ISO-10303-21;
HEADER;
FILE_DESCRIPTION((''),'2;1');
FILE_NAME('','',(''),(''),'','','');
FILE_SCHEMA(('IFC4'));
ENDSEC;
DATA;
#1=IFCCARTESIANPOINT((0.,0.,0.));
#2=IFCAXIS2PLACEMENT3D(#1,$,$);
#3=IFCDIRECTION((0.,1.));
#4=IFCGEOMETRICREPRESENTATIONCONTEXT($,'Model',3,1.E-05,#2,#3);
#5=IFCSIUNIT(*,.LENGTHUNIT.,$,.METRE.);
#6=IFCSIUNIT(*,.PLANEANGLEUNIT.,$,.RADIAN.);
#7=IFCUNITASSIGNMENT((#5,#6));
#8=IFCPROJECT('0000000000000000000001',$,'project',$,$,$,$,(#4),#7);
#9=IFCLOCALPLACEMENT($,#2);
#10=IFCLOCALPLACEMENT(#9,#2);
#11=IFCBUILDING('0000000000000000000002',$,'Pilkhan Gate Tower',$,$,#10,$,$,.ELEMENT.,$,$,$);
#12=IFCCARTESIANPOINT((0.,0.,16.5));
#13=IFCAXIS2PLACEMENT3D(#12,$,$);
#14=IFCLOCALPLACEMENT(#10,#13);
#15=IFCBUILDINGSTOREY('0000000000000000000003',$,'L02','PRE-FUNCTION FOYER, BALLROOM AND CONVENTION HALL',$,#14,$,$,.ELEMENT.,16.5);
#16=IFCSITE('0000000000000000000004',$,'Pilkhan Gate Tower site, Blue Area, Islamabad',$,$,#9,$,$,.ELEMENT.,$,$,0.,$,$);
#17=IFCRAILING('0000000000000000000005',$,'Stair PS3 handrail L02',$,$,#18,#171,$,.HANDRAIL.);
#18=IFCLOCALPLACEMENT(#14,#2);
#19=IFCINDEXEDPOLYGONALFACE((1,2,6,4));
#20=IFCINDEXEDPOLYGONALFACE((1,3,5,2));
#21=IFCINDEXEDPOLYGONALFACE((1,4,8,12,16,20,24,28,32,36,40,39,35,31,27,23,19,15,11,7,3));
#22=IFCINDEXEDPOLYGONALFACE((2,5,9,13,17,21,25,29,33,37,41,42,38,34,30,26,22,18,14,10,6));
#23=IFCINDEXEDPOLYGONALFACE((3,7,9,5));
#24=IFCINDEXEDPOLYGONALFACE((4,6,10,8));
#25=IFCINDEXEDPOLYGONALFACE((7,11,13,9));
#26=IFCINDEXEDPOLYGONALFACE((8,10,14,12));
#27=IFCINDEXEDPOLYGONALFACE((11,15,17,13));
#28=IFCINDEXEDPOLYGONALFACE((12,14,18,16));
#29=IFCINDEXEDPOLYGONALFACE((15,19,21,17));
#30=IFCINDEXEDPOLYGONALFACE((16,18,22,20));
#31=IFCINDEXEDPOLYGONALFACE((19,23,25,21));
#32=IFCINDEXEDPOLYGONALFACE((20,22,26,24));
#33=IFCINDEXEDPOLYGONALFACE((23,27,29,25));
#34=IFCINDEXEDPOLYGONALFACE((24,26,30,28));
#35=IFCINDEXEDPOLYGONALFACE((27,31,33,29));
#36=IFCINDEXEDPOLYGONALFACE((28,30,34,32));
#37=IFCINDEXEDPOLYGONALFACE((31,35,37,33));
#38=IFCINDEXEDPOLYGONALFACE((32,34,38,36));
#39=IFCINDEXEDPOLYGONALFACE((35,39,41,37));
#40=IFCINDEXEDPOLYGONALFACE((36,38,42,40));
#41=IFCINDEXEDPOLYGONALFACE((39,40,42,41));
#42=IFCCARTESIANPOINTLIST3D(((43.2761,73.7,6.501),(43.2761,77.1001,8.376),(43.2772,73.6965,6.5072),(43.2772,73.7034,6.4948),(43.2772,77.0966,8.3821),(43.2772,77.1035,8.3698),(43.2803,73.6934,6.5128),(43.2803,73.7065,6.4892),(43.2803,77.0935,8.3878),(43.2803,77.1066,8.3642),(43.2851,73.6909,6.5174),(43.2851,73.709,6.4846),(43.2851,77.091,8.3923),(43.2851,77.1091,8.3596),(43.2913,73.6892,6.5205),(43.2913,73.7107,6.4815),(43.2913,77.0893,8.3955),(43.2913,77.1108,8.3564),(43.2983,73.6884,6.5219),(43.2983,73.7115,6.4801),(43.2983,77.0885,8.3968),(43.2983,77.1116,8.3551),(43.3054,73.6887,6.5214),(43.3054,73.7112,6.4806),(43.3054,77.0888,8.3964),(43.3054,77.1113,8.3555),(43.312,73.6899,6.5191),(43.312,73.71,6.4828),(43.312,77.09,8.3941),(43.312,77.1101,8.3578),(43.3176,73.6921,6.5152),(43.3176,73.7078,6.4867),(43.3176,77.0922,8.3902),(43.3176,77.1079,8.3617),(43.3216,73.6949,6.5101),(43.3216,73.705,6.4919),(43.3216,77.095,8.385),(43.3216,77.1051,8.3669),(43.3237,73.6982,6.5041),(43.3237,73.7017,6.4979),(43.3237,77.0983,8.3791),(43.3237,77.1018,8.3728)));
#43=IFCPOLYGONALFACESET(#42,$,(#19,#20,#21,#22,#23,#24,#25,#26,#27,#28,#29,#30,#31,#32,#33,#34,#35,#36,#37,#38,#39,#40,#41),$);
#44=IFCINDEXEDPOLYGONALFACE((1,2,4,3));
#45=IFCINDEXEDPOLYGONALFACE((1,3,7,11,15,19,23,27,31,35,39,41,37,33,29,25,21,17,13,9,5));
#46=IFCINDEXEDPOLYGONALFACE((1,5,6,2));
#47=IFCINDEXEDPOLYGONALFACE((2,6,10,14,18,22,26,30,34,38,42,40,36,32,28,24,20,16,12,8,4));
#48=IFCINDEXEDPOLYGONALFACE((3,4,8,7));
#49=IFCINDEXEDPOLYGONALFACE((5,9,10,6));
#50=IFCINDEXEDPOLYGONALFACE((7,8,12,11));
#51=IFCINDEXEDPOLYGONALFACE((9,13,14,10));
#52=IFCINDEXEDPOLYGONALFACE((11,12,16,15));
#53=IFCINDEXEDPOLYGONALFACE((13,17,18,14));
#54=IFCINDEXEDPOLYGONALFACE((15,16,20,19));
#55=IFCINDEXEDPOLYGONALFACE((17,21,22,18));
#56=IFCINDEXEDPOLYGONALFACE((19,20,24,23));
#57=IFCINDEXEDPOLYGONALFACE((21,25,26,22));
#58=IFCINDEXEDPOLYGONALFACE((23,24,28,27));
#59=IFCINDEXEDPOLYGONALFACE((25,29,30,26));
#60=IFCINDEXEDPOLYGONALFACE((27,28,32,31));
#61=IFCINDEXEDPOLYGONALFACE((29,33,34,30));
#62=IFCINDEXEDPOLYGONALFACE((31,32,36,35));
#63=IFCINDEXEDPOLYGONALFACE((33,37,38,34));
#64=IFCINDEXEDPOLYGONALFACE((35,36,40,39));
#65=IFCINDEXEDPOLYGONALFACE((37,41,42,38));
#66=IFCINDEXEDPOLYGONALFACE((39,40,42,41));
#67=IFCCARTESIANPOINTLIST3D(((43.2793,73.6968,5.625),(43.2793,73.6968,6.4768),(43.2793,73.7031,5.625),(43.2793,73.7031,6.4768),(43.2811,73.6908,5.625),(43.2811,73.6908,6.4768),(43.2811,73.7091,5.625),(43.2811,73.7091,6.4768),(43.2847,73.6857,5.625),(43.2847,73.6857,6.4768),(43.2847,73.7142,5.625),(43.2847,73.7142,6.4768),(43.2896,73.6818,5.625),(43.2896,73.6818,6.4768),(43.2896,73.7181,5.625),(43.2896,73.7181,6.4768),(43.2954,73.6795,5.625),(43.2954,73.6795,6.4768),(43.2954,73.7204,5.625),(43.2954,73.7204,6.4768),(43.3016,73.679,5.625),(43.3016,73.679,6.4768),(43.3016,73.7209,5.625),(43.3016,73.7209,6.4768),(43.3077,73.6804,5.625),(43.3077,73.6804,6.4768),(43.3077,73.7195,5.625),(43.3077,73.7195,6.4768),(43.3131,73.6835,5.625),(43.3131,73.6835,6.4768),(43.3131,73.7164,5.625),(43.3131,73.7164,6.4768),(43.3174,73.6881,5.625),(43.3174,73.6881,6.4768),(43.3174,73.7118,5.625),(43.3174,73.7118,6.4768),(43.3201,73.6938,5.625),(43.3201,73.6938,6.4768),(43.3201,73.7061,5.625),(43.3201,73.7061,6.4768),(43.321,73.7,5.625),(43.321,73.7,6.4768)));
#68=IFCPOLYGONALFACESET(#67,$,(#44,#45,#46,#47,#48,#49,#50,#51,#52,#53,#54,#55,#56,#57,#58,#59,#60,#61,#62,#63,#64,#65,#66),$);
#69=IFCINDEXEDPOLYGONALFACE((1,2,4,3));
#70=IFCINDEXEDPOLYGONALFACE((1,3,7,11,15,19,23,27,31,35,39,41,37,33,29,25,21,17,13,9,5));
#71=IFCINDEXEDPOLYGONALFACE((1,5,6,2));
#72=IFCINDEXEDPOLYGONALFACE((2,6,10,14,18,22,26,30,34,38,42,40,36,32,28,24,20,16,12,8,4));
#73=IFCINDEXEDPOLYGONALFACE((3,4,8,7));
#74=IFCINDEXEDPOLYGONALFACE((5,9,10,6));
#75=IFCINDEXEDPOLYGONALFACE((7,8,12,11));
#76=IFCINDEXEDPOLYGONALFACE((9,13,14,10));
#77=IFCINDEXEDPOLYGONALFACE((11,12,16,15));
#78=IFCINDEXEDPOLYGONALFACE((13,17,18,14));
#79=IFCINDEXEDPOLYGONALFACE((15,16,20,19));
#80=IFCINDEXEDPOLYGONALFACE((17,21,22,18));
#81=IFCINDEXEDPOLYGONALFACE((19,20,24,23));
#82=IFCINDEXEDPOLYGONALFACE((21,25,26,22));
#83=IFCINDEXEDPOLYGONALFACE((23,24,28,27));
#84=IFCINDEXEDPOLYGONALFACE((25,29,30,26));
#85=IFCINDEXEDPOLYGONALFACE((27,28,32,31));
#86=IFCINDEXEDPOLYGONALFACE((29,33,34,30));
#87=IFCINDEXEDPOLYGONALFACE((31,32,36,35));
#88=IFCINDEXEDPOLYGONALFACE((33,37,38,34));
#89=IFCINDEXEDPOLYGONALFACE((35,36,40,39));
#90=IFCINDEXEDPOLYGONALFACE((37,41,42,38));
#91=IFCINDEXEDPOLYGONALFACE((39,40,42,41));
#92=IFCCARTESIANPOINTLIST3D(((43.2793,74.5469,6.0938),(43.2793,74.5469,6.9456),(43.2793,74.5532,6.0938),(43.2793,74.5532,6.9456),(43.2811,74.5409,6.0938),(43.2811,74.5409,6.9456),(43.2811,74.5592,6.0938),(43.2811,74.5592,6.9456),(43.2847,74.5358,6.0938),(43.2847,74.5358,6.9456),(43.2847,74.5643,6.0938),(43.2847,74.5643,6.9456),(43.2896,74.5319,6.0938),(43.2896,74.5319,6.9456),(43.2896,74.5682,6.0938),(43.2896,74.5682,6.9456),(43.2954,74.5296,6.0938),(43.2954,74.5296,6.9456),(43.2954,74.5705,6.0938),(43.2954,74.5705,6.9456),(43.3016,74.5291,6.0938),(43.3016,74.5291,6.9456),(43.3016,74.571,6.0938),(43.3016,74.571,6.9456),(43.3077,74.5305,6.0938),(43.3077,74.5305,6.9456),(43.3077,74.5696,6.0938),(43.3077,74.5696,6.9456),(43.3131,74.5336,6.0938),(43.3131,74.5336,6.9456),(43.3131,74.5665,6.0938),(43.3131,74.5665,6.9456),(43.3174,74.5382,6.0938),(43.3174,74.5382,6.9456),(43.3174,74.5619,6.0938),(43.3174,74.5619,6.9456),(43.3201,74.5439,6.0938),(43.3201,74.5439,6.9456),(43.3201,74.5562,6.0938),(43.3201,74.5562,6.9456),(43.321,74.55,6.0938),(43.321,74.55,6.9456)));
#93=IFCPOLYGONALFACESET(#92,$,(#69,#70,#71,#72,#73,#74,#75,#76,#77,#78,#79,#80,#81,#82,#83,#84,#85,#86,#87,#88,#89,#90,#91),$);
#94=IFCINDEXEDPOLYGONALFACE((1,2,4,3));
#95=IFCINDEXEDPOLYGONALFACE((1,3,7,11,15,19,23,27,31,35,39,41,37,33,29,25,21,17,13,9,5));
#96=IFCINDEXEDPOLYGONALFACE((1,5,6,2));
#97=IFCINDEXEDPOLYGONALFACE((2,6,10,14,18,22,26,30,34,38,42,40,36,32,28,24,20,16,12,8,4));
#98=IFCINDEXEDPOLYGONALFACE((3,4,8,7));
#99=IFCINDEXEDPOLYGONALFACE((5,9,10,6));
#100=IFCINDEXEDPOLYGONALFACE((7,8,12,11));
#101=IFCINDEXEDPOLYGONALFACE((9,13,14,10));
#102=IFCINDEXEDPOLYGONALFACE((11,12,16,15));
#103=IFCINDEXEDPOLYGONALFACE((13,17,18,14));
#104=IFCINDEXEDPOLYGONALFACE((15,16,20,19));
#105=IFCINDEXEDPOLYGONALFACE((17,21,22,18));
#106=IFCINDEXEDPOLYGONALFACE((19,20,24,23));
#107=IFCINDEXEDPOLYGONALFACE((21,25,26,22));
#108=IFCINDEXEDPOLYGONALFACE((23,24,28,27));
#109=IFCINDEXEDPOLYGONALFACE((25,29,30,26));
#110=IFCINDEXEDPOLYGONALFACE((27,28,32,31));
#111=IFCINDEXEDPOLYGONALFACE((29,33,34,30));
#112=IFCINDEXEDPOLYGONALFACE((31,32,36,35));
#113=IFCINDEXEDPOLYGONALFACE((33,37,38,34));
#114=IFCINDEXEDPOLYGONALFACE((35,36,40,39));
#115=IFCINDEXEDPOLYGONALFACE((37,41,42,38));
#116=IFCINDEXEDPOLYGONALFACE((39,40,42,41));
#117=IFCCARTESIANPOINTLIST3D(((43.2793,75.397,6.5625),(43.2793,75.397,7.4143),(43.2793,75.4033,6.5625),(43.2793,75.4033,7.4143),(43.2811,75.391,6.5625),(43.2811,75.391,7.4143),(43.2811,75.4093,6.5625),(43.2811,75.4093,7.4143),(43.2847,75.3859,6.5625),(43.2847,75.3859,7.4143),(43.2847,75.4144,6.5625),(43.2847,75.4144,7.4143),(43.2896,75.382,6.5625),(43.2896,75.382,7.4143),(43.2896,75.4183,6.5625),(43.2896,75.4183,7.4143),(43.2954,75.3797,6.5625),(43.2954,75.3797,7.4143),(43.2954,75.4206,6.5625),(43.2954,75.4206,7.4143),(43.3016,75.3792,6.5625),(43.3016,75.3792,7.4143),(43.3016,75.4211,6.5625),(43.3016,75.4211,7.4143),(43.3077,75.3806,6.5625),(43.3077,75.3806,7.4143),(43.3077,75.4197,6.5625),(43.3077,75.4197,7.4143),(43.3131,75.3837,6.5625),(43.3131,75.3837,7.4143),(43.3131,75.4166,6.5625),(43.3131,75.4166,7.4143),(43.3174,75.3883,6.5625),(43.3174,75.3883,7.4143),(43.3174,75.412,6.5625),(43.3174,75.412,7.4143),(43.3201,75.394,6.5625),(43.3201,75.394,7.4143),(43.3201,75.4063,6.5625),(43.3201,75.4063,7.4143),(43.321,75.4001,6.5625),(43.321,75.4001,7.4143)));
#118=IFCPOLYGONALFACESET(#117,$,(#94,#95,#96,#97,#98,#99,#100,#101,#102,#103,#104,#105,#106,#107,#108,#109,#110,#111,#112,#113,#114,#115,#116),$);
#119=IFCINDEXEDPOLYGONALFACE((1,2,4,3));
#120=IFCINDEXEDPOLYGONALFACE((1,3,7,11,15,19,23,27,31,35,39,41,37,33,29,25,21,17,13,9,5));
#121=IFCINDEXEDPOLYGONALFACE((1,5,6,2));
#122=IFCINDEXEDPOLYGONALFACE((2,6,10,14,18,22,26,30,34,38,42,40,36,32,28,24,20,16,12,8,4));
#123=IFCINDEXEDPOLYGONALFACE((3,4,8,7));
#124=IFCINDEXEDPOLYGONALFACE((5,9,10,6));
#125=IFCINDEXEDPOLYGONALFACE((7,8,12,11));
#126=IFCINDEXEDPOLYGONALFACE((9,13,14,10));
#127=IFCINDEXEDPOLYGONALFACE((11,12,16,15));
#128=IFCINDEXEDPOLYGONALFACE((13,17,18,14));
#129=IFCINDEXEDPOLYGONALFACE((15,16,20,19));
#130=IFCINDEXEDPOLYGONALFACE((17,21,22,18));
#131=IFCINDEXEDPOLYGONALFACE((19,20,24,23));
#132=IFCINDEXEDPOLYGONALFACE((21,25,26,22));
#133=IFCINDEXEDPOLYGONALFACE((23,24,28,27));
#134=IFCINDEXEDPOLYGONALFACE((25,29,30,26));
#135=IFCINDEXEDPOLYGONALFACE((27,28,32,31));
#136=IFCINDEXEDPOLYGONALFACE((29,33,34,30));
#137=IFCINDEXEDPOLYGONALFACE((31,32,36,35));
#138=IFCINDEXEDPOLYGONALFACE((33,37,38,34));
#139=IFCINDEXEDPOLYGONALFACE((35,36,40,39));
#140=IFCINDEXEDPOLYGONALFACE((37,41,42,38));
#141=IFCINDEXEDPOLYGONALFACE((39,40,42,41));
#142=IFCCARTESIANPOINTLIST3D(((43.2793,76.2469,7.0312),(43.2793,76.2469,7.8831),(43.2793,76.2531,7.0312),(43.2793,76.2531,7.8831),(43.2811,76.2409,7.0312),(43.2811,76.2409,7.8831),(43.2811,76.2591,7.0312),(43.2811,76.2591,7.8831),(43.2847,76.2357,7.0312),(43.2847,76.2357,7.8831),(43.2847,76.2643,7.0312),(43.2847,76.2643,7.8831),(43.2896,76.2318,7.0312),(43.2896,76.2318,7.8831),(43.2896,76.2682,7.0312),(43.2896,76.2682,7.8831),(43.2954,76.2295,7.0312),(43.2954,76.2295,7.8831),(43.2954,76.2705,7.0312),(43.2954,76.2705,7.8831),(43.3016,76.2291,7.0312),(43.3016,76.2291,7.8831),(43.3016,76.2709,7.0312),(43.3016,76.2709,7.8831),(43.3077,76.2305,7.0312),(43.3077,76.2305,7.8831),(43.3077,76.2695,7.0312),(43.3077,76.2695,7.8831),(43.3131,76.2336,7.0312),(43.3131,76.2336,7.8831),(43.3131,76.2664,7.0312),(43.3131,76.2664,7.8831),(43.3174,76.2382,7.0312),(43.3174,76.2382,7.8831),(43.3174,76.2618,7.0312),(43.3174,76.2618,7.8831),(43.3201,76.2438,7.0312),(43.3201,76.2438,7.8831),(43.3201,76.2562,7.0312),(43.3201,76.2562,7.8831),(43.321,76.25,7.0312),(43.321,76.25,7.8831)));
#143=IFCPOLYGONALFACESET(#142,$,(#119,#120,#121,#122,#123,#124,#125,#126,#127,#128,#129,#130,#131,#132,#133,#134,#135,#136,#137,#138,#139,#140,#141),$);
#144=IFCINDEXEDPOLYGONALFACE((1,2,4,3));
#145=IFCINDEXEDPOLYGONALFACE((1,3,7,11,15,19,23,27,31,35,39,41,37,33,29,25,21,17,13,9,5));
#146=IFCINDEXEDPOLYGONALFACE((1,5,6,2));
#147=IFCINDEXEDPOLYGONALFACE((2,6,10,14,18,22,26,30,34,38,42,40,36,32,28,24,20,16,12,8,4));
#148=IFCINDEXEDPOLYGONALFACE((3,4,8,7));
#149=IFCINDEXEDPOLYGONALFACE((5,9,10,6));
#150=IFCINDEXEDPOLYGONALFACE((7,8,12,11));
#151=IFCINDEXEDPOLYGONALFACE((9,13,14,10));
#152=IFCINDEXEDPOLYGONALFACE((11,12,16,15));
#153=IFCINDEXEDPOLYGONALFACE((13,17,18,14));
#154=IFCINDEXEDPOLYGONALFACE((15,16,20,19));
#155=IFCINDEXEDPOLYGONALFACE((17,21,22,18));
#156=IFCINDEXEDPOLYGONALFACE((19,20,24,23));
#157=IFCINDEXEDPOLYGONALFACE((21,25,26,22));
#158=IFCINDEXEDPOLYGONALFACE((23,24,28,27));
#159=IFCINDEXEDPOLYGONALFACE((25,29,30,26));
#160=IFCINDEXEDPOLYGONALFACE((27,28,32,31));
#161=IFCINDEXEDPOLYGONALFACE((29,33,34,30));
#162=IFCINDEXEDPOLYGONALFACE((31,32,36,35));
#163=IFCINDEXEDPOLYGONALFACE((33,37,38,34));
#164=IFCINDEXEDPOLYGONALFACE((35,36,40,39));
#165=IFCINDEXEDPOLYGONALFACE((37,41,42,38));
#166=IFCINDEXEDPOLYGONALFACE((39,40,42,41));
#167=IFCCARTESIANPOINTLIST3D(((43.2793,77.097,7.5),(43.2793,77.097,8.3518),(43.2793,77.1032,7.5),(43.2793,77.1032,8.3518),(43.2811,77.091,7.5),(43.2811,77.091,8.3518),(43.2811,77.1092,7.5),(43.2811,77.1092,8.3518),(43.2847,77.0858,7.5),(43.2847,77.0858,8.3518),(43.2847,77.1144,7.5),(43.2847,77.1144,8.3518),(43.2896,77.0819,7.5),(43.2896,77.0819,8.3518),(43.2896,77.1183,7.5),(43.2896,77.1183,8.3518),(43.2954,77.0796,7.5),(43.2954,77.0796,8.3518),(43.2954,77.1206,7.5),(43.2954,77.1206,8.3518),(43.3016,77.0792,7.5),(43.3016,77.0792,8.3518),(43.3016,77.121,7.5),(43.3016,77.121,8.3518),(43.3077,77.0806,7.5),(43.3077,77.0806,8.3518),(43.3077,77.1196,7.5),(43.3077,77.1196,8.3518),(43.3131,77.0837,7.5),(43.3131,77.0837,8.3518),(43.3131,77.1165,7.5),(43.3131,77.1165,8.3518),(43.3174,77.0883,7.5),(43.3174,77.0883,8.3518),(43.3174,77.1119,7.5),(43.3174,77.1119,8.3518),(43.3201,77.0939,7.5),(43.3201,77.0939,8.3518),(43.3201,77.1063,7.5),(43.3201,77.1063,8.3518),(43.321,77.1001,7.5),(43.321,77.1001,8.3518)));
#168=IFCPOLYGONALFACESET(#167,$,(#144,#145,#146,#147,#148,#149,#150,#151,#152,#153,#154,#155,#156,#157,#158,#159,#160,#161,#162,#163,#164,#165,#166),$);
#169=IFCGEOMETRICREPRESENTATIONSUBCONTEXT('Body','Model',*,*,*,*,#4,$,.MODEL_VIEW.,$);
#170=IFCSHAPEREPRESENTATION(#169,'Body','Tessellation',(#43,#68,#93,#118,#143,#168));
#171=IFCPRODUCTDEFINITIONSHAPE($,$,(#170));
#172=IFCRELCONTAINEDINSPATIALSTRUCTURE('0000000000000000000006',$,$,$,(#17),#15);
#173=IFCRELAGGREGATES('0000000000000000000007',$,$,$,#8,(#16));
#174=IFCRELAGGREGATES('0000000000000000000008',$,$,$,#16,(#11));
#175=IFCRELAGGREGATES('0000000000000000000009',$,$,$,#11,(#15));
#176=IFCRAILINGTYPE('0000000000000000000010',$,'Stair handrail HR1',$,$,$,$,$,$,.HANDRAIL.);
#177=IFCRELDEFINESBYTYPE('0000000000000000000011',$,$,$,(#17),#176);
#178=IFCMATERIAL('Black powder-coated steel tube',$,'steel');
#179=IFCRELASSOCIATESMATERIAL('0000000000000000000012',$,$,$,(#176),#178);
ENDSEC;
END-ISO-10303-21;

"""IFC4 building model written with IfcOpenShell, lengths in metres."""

from ifc_helpers import new_model, si_unit, direction, frame, origin, origin_2d, place, context, subcontext, project, spatial, circle, extrude, material, type_object, element, save


model = new_model("IFC4")

# Units and contexts
model_context = context("Model", 3, precision=1e-05, world=origin(), true_north=direction((0.0, 1.0)))
body_context = subcontext(model_context, "Body", "Model", "MODEL_VIEW")
ifc_project = project(units=[si_unit("LENGTHUNIT", "METRE"), si_unit("PLANEANGLEUNIT", "RADIAN")], contexts=[model_context])

# Site, building, storey
site_placement = place(None, origin())
site = spatial("IfcSite", under=ifc_project, at=site_placement, Name="Pilkhan Gate Tower site, Blue Area, Islamabad", CompositionType="ELEMENT", RefElevation=0.0)
building_placement = place(site_placement, origin())
building = spatial("IfcBuilding", under=site, at=building_placement, Name="Pilkhan Gate Tower", CompositionType="ELEMENT")
storey_placement = place(building_placement, frame((0.0, 0.0, 16.5)))
storey = spatial("IfcBuildingStorey", under=building, at=storey_placement, Name="L02", Description="PRE-FUNCTION FOYER, BALLROOM AND CONVENTION HALL", CompositionType="ELEMENT", Elevation=16.5)

# Railing
ifc_material_1 = material(Name="Black powder-coated steel tube", Category="steel")
railing_type_1 = type_object("IfcRailingType", Name="Stair handrail HR1", PredefinedType="HANDRAIL", material=ifc_material_1)
for number, where, name in (
    (1, (43.3, 73.7, 5.625), "Stair PS3 handrail L02"),
):
    element("IfcRailing", number, at=place(storey_placement, frame(where)), inside=storey, type_object=railing_type_1, Name=name, PredefinedType="HANDRAIL", context=body_context, shape_type="SweptSolid", body=[
        extrude(circle(Radius=0.0239, at=origin_2d()), frame((0.0, 0.0, 0.876), z_axis=(0.0, 0.87568, 0.482891), x_axis=(-1.0, 0.0, 0.0)), (0.0, 0.0, 1.0), 3.8828),
        extrude(circle(Radius=0.021, at=origin_2d()), origin(), (0.0, 0.0, 1.0), 0.8518),
        extrude(circle(Radius=0.021, at=origin_2d()), frame((0.0, 0.8501, 0.4688)), (0.0, 0.0, 1.0), 0.8518),
        extrude(circle(Radius=0.021, at=origin_2d()), frame((0.0, 1.7002, 0.9375)), (0.0, 0.0, 1.0), 0.8518),
        extrude(circle(Radius=0.021, at=origin_2d()), frame((0.0, 2.55, 1.4062)), (0.0, 0.0, 1.0), 0.8518),
        extrude(circle(Radius=0.021, at=origin_2d()), frame((0.0, 3.4001, 1.875)), (0.0, 0.0, 1.0), 0.8518),
    ])

save(model, "model.ifc")
